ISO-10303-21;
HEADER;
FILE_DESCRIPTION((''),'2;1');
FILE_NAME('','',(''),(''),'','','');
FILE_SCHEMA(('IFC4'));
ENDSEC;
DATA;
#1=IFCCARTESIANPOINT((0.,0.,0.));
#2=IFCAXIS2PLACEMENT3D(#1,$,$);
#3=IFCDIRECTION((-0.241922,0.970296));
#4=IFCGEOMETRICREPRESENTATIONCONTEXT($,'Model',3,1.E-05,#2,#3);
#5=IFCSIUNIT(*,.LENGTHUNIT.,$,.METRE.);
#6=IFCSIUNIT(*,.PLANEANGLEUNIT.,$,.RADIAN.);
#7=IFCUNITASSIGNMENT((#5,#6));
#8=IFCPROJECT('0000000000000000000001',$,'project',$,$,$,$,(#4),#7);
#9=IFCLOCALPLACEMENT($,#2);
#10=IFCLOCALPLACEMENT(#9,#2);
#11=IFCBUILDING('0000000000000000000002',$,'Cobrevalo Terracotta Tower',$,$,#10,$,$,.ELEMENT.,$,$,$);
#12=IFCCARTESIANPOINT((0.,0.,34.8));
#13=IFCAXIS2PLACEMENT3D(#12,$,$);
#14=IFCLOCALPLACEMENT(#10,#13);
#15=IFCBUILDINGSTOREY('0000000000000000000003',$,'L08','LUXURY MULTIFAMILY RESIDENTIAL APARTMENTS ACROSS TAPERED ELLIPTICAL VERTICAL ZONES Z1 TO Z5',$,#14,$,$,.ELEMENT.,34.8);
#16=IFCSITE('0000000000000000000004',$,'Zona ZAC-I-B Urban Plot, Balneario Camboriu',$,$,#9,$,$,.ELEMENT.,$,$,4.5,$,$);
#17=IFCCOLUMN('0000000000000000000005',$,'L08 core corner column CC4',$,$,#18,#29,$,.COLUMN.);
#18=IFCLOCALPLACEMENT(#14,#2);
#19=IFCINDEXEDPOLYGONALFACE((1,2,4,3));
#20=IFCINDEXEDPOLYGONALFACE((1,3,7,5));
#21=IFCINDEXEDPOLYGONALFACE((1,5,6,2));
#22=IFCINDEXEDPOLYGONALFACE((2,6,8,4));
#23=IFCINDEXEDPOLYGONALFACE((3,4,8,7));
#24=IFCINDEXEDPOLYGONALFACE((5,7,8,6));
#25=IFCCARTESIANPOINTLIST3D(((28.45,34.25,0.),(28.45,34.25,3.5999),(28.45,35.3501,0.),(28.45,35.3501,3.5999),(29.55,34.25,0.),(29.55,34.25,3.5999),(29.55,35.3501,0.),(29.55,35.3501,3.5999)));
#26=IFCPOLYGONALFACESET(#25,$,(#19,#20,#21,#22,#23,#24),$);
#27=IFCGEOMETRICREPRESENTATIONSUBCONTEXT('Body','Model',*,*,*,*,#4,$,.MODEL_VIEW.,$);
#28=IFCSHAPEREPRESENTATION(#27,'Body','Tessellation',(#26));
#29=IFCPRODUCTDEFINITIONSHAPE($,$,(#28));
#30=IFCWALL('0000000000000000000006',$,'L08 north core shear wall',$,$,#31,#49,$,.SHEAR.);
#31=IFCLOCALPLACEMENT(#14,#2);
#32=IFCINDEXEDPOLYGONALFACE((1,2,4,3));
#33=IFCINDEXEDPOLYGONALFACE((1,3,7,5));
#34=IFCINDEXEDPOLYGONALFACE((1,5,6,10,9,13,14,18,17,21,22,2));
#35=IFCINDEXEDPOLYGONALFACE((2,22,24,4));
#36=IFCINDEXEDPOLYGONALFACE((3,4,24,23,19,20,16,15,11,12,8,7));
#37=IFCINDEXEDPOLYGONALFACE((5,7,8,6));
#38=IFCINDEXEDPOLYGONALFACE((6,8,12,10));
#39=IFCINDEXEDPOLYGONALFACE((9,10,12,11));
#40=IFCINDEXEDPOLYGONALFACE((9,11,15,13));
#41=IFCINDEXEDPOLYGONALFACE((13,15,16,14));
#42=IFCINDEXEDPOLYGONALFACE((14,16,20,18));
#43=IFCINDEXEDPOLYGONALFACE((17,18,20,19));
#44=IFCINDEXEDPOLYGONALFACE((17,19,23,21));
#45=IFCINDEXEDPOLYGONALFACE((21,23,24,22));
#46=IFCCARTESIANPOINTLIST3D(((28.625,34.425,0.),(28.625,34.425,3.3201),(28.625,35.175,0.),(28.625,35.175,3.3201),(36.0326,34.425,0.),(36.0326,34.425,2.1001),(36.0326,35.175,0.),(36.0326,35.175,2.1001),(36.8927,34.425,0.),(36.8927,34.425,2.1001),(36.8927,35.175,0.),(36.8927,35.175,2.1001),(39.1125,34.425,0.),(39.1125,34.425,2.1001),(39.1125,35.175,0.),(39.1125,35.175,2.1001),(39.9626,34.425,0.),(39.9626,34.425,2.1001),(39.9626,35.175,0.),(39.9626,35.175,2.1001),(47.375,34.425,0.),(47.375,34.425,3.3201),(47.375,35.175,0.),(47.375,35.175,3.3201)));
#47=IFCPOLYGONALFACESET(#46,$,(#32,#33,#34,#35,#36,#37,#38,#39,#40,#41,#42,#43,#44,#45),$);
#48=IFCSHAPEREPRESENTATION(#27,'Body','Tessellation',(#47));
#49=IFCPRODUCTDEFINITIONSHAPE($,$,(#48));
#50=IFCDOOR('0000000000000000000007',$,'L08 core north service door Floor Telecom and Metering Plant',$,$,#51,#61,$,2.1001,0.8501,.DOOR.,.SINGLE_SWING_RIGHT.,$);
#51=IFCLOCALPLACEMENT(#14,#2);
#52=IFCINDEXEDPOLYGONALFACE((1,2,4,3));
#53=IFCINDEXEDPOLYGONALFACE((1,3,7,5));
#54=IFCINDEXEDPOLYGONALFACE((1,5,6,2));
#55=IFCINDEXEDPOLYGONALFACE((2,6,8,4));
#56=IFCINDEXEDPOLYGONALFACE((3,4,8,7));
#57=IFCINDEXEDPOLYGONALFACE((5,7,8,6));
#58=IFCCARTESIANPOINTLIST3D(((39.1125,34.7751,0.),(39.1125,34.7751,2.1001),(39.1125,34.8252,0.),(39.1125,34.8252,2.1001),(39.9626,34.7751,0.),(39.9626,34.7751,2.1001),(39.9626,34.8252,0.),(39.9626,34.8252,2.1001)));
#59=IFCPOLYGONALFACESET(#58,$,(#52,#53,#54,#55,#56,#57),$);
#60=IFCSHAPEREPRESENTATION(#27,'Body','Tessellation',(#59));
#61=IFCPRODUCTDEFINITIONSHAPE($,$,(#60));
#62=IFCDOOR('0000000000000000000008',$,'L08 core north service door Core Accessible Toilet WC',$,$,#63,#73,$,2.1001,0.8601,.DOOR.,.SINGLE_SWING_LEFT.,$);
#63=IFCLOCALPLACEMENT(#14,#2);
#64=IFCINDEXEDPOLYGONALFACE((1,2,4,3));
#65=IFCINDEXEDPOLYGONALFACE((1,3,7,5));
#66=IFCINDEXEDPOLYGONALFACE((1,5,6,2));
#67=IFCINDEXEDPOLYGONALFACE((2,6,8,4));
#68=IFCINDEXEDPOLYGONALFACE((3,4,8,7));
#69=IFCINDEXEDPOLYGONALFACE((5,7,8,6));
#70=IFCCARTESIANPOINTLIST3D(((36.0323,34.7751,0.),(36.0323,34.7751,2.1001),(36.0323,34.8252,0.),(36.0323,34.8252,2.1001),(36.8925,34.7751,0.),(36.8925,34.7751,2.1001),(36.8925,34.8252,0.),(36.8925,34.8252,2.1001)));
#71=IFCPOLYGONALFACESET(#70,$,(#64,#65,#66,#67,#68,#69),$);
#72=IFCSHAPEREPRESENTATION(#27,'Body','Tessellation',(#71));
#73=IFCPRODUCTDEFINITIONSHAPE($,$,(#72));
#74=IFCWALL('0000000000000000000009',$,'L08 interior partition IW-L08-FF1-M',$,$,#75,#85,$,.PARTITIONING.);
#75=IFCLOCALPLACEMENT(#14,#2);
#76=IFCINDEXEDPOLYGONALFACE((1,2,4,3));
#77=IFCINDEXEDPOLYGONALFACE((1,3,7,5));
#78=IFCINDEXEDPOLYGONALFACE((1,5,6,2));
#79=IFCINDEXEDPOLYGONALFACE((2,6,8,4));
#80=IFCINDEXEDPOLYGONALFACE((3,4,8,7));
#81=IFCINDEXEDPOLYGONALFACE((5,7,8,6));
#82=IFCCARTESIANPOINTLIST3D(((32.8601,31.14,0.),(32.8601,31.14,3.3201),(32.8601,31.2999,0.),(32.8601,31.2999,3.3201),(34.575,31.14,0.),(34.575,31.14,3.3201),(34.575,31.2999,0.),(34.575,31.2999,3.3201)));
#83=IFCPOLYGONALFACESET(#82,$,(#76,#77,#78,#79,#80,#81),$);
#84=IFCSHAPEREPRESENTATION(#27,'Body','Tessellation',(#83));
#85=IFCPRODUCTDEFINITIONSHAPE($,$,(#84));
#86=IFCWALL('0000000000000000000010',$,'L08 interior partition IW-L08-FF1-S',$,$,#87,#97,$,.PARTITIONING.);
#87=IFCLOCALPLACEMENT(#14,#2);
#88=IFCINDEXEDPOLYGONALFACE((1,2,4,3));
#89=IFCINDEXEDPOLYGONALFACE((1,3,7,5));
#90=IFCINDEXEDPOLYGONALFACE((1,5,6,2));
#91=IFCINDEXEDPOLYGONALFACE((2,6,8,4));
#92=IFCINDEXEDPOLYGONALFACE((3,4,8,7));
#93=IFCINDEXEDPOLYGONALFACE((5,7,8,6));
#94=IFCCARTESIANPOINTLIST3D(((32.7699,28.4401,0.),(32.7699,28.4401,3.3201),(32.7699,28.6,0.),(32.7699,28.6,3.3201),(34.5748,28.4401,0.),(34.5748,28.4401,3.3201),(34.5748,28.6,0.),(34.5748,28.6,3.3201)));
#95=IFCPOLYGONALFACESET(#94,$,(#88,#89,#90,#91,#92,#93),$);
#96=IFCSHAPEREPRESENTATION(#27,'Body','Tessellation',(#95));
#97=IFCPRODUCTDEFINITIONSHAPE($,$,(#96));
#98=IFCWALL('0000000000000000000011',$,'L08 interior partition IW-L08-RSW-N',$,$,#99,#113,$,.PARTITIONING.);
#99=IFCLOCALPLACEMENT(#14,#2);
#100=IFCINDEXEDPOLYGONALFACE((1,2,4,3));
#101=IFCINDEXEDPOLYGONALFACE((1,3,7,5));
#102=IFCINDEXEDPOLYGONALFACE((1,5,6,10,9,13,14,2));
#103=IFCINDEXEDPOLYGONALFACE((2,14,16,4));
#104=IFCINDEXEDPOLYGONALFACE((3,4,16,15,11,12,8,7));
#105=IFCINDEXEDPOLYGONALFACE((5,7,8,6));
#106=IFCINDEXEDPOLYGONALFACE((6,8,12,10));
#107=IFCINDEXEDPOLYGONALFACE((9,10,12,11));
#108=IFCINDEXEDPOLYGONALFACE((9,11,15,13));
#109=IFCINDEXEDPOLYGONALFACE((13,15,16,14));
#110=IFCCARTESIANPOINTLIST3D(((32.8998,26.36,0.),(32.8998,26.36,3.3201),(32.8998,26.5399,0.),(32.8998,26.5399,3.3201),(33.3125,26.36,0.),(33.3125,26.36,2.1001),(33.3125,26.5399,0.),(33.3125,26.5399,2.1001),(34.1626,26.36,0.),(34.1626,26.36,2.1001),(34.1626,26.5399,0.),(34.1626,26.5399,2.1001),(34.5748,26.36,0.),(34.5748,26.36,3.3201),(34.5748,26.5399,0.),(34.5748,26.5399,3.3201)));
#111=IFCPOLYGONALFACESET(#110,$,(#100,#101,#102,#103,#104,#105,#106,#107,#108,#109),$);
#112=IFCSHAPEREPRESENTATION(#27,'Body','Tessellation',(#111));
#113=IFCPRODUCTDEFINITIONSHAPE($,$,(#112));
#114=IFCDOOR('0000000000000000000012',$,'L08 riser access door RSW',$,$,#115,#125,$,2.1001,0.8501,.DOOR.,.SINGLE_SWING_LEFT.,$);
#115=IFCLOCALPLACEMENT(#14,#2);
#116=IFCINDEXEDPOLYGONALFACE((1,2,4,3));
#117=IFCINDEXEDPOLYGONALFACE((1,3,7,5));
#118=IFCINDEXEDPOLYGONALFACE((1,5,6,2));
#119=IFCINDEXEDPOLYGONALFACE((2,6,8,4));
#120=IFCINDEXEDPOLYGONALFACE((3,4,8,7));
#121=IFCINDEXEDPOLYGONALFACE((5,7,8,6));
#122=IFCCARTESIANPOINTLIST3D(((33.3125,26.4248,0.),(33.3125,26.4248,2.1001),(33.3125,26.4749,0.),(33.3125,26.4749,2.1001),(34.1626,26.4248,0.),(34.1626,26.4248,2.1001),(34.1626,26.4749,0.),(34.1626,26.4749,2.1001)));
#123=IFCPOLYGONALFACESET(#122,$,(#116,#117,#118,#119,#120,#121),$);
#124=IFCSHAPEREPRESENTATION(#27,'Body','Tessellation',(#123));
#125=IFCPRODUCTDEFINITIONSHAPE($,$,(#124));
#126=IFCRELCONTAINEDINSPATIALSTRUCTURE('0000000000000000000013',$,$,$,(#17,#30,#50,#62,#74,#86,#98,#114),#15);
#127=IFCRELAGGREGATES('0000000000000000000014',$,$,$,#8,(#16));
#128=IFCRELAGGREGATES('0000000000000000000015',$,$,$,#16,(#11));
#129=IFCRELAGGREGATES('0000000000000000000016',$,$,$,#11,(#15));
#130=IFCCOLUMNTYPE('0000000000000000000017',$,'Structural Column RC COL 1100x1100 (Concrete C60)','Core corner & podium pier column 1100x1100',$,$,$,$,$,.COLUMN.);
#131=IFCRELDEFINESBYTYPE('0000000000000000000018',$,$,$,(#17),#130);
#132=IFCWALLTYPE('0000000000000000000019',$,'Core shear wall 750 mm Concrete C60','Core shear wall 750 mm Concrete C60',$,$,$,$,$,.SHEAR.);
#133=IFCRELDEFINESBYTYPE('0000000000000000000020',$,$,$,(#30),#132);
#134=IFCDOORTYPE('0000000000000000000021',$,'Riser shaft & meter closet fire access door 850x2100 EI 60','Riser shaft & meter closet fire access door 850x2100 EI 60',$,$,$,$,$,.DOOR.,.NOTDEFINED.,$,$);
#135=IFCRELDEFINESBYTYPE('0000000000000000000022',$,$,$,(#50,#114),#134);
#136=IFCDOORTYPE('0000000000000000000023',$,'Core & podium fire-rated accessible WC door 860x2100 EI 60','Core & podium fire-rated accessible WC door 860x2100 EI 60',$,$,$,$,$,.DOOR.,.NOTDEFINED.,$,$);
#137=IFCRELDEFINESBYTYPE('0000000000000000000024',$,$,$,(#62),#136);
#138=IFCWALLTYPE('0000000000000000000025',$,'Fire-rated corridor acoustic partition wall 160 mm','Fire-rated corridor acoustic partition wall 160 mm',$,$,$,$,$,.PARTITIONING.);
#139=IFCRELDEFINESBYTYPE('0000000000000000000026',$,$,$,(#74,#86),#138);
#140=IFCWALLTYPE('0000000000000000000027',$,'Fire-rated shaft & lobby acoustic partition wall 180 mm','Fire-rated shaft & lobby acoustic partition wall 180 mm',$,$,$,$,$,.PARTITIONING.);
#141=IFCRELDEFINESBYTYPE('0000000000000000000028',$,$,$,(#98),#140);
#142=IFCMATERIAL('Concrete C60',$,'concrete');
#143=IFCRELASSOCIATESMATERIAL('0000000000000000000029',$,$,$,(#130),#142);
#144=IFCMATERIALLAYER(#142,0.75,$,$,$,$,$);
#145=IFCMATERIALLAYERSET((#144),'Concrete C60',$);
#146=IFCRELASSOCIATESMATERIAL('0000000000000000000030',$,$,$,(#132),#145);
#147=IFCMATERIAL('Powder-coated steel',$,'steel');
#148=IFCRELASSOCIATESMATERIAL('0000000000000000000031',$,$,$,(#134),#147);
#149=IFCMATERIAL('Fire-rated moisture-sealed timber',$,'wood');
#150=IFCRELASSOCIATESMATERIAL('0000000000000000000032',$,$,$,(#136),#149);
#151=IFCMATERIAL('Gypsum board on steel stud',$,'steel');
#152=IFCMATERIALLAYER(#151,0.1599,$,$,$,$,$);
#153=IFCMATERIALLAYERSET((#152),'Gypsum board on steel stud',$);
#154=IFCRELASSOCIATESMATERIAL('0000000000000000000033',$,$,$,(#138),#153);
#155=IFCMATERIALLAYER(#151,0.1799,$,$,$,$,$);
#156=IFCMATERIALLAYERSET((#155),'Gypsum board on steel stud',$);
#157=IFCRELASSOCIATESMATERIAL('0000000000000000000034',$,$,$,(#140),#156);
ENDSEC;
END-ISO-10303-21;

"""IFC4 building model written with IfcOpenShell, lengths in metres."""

from ifc_helpers import new_model, si_unit, direction, frame, frame_2d, origin, origin_2d, place, context, subcontext, project, spatial, rectangle, extrude, source, transform, mapped, material, layer, layer_set, material_profile, profile_set, type_object, element, fill, save


model = new_model("IFC4")

# Units and contexts
model_context = context("Model", 3, precision=1e-05, world=origin(), true_north=direction((-0.241922, 0.970296)))
body_context = subcontext(model_context, "Body", "Model", "MODEL_VIEW")
ifc_project = project(units=[si_unit("LENGTHUNIT", "METRE"), si_unit("PLANEANGLEUNIT", "RADIAN")], contexts=[model_context])

# Site, building, storey
site_placement = place(None, origin())
site = spatial("IfcSite", under=ifc_project, at=site_placement, Name="Zona ZAC-I-B Urban Plot, Balneario Camboriu", CompositionType="ELEMENT", RefElevation=4.5)
building_placement = place(site_placement, origin())
building = spatial("IfcBuilding", under=site, at=building_placement, Name="Cobrevalo Terracotta Tower", CompositionType="ELEMENT")
storey_placement = place(building_placement, frame((0.0, 0.0, 34.8)))
storey = spatial("IfcBuildingStorey", under=building, at=storey_placement, Name="L08", Description="LUXURY MULTIFAMILY RESIDENTIAL APARTMENTS ACROSS TAPERED ELLIPTICAL VERTICAL ZONES Z1 TO Z5", CompositionType="ELEMENT", Elevation=34.8)

# Column
ifc_material_1 = material(Name="Concrete C60", Category="concrete")
ifc_material_profile = material_profile(ifc_material_1, rectangle(XDim=1.1001, YDim=1.1001, at=origin_2d()), Name="RC COL 1100x1100")
ifc_profile_set = profile_set([ifc_material_profile], Name="Concrete C60")
column_type = type_object("IfcColumnType", Name="Structural Column RC COL 1100x1100 (Concrete C60)", Description="Core corner & podium pier column 1100x1100", PredefinedType="COLUMN", material=ifc_profile_set)
column_placement = place(storey_placement, frame((29.0, 34.8, 0.0), z_axis=(0.0, 0.0, 1.0), x_axis=(1.0, 0.0, 0.0)))
element("IfcColumn", 1, at=column_placement, inside=storey, type_object=column_type, Name="L08 core corner column CC4", PredefinedType="COLUMN", context=body_context, shape_type="SweptSolid", body=[
    extrude(rectangle(XDim=1.1001, YDim=1.1001, at=origin_2d()), origin(), (0.0, 0.0, 1.0), 3.5999),
])

# Wall, openings, doors
ifc_layer_1 = layer(ifc_material_1, 0.75)
ifc_layer_set_1 = layer_set([ifc_layer_1], Name="Concrete C60")
wall_type_1 = type_object("IfcWallType", Name="Core shear wall 750 mm Concrete C60", Description="Core shear wall 750 mm Concrete C60", PredefinedType="SHEAR", material=ifc_layer_set_1)
wall_1_placement = place(storey_placement, frame((28.625, 34.8, 0.0), z_axis=(0.0, 0.0, 1.0), x_axis=(1.0, 0.0, 0.0)))
wall_1 = element("IfcWall", 2, at=wall_1_placement, inside=storey, type_object=wall_type_1, Name="L08 north core shear wall", PredefinedType="SHEAR", context=body_context, shape_type="SweptSolid", body=[
    extrude(rectangle(XDim=18.75, YDim=0.75, at=frame_2d((9.375, 0.0))), origin(), (0.0, 0.0, 1.0), 3.3201),
])
opening_1_placement = place(wall_1_placement, frame((7.4075, 0.0, 0.0)))
opening_1 = element("IfcOpeningElement", 3, at=opening_1_placement, cuts=wall_1, PredefinedType="OPENING", context=body_context, shape_type="SweptSolid", body=[
    extrude(rectangle(XDim=0.8601, YDim=2.1001, at=frame_2d((0.4302, 1.05))), frame((0.0, 0.385, 0.0), z_axis=(0.0, -1.0, 0.0), x_axis=(1.0, 0.0, 0.0)), (0.0, 0.0, 1.0), 0.77),
])
opening_2_placement = place(wall_1_placement, frame((10.4875, 0.0, 0.0)))
opening_2 = element("IfcOpeningElement", 4, at=opening_2_placement, cuts=wall_1, PredefinedType="OPENING", context=body_context, shape_type="SweptSolid", body=[
    extrude(rectangle(XDim=0.8501, YDim=2.1001, at=frame_2d((0.425, 1.05))), frame((0.0, 0.385, 0.0), z_axis=(0.0, -1.0, 0.0), x_axis=(1.0, 0.0, 0.0)), (0.0, 0.0, 1.0), 0.77),
])
ifc_material_2 = material(Name="Powder-coated steel", Category="steel")
door_type_1 = type_object("IfcDoorType", Name="Riser shaft & meter closet fire access door 850x2100 EI 60", Description="Riser shaft & meter closet fire access door 850x2100 EI 60", OperationType="NOTDEFINED", PredefinedType="DOOR", material=ifc_material_2)
shared_shape_1 = source(origin(), body_context, "Body", "SweptSolid", [
    extrude(rectangle(XDim=0.8501, YDim=2.1001, at=frame_2d((0.425, 1.05))), frame((0.0, 0.0249, 0.0), z_axis=(0.0, -1.0, 0.0), x_axis=(1.0, 0.0, 0.0)), (0.0, 0.0, 1.0), 0.05),
])
door_1_placement = place(opening_2_placement, frame((0.8501, 0.0, 0.0), z_axis=(0.0, 0.0, 1.0), x_axis=(-1.0, 0.0, 0.0)))
door_1 = element("IfcDoor", 5, at=door_1_placement, inside=storey, type_object=door_type_1, Name="L08 core north service door Floor Telecom and Metering Plant", OperationType="SINGLE_SWING_RIGHT", OverallHeight=2.1001, OverallWidth=0.8501, PredefinedType="DOOR", context=body_context, shape_type="MappedRepresentation", body=[
    mapped(shared_shape_1, transform((0.0, 0.0, 0.0), scale=1.0)),
])
fill(opening_2, door_1)
ifc_material_3 = material(Name="Fire-rated moisture-sealed timber", Category="wood")
door_type_2 = type_object("IfcDoorType", Name="Core & podium fire-rated accessible WC door 860x2100 EI 60", Description="Core & podium fire-rated accessible WC door 860x2100 EI 60", OperationType="NOTDEFINED", PredefinedType="DOOR", material=ifc_material_3)
shared_shape_2 = source(origin(), body_context, "Body", "SweptSolid", [
    extrude(rectangle(XDim=0.8601, YDim=2.1001, at=frame_2d((0.4302, 1.05))), frame((0.0, 0.0249, 0.0), z_axis=(0.0, -1.0, 0.0), x_axis=(1.0, 0.0, 0.0)), (0.0, 0.0, 1.0), 0.05),
])
door_2_placement = place(opening_1_placement, frame((0.8601, 0.0, 0.0), z_axis=(0.0, 0.0, 1.0), x_axis=(-1.0, 0.0, 0.0)))
door_2 = element("IfcDoor", 6, at=door_2_placement, inside=storey, type_object=door_type_2, Name="L08 core north service door Core Accessible Toilet WC", OperationType="SINGLE_SWING_LEFT", OverallHeight=2.1001, OverallWidth=0.8601, PredefinedType="DOOR", context=body_context, shape_type="MappedRepresentation", body=[
    mapped(shared_shape_2, transform((0.0, 0.0, 0.0), scale=1.0)),
])
fill(opening_1, door_2)

# Walls
ifc_material_4 = material(Name="Gypsum board on steel stud", Category="steel")
ifc_layer_2 = layer(ifc_material_4, 0.1599)
ifc_layer_set_2 = layer_set([ifc_layer_2], Name="Gypsum board on steel stud")
wall_type_2 = type_object("IfcWallType", Name="Fire-rated corridor acoustic partition wall 160 mm", Description="Fire-rated corridor acoustic partition wall 160 mm", PredefinedType="PARTITIONING", material=ifc_layer_set_2)
wall_2_placement = place(storey_placement, frame((32.8601, 31.22, 0.0), z_axis=(0.0, 0.0, 1.0), x_axis=(1.0, 0.0, 0.0)))
element("IfcWall", 7, at=wall_2_placement, inside=storey, type_object=wall_type_2, Name="L08 interior partition IW-L08-FF1-M", PredefinedType="PARTITIONING", context=body_context, shape_type="SweptSolid", body=[
    extrude(rectangle(XDim=1.7148, YDim=0.1599, at=frame_2d((0.8574, 0.0))), origin(), (0.0, 0.0, 1.0), 3.3201),
])
wall_3_placement = place(storey_placement, frame((32.77, 28.52, 0.0), z_axis=(0.0, 0.0, 1.0), x_axis=(1.0, 0.0, 0.0)))
element("IfcWall", 8, at=wall_3_placement, inside=storey, type_object=wall_type_2, Name="L08 interior partition IW-L08-FF1-S", PredefinedType="PARTITIONING", context=body_context, shape_type="SweptSolid", body=[
    extrude(rectangle(XDim=1.8049, YDim=0.1599, at=frame_2d((0.9023, 0.0))), origin(), (0.0, 0.0, 1.0), 3.3201),
])

# Wall, opening, door
ifc_layer_3 = layer(ifc_material_4, 0.1799)
ifc_layer_set_3 = layer_set([ifc_layer_3], Name="Gypsum board on steel stud")
wall_type_3 = type_object("IfcWallType", Name="Fire-rated shaft & lobby acoustic partition wall 180 mm", Description="Fire-rated shaft & lobby acoustic partition wall 180 mm", PredefinedType="PARTITIONING", material=ifc_layer_set_3)
wall_4_placement = place(storey_placement, frame((32.8999, 26.45, 0.0), z_axis=(0.0, 0.0, 1.0), x_axis=(1.0, 0.0, 0.0)))
wall_4 = element("IfcWall", 9, at=wall_4_placement, inside=storey, type_object=wall_type_3, Name="L08 interior partition IW-L08-RSW-N", PredefinedType="PARTITIONING", context=body_context, shape_type="SweptSolid", body=[
    extrude(rectangle(XDim=1.675, YDim=0.1799, at=frame_2d((0.8374, 0.0))), origin(), (0.0, 0.0, 1.0), 3.3201),
])
opening_3_placement = place(wall_4_placement, frame((0.4126, 0.0, 0.0)))
opening_3 = element("IfcOpeningElement", 10, at=opening_3_placement, cuts=wall_4, PredefinedType="OPENING", context=body_context, shape_type="SweptSolid", body=[
    extrude(rectangle(XDim=0.8501, YDim=2.1001, at=frame_2d((0.425, 1.05))), frame((0.0, 0.1001, 0.0), z_axis=(0.0, -1.0, 0.0), x_axis=(1.0, 0.0, 0.0)), (0.0, 0.0, 1.0), 0.2),
])
door_3_placement = place(opening_3_placement, origin())
door_3 = element("IfcDoor", 11, at=door_3_placement, inside=storey, type_object=door_type_1, Name="L08 riser access door RSW", OperationType="SINGLE_SWING_LEFT", OverallHeight=2.1001, OverallWidth=0.8501, PredefinedType="DOOR", context=body_context, shape_type="MappedRepresentation", body=[
    mapped(shared_shape_1, transform((0.0, 0.0, 0.0), scale=1.0)),
])
fill(opening_3, door_3)

save(model, "model.ifc")
